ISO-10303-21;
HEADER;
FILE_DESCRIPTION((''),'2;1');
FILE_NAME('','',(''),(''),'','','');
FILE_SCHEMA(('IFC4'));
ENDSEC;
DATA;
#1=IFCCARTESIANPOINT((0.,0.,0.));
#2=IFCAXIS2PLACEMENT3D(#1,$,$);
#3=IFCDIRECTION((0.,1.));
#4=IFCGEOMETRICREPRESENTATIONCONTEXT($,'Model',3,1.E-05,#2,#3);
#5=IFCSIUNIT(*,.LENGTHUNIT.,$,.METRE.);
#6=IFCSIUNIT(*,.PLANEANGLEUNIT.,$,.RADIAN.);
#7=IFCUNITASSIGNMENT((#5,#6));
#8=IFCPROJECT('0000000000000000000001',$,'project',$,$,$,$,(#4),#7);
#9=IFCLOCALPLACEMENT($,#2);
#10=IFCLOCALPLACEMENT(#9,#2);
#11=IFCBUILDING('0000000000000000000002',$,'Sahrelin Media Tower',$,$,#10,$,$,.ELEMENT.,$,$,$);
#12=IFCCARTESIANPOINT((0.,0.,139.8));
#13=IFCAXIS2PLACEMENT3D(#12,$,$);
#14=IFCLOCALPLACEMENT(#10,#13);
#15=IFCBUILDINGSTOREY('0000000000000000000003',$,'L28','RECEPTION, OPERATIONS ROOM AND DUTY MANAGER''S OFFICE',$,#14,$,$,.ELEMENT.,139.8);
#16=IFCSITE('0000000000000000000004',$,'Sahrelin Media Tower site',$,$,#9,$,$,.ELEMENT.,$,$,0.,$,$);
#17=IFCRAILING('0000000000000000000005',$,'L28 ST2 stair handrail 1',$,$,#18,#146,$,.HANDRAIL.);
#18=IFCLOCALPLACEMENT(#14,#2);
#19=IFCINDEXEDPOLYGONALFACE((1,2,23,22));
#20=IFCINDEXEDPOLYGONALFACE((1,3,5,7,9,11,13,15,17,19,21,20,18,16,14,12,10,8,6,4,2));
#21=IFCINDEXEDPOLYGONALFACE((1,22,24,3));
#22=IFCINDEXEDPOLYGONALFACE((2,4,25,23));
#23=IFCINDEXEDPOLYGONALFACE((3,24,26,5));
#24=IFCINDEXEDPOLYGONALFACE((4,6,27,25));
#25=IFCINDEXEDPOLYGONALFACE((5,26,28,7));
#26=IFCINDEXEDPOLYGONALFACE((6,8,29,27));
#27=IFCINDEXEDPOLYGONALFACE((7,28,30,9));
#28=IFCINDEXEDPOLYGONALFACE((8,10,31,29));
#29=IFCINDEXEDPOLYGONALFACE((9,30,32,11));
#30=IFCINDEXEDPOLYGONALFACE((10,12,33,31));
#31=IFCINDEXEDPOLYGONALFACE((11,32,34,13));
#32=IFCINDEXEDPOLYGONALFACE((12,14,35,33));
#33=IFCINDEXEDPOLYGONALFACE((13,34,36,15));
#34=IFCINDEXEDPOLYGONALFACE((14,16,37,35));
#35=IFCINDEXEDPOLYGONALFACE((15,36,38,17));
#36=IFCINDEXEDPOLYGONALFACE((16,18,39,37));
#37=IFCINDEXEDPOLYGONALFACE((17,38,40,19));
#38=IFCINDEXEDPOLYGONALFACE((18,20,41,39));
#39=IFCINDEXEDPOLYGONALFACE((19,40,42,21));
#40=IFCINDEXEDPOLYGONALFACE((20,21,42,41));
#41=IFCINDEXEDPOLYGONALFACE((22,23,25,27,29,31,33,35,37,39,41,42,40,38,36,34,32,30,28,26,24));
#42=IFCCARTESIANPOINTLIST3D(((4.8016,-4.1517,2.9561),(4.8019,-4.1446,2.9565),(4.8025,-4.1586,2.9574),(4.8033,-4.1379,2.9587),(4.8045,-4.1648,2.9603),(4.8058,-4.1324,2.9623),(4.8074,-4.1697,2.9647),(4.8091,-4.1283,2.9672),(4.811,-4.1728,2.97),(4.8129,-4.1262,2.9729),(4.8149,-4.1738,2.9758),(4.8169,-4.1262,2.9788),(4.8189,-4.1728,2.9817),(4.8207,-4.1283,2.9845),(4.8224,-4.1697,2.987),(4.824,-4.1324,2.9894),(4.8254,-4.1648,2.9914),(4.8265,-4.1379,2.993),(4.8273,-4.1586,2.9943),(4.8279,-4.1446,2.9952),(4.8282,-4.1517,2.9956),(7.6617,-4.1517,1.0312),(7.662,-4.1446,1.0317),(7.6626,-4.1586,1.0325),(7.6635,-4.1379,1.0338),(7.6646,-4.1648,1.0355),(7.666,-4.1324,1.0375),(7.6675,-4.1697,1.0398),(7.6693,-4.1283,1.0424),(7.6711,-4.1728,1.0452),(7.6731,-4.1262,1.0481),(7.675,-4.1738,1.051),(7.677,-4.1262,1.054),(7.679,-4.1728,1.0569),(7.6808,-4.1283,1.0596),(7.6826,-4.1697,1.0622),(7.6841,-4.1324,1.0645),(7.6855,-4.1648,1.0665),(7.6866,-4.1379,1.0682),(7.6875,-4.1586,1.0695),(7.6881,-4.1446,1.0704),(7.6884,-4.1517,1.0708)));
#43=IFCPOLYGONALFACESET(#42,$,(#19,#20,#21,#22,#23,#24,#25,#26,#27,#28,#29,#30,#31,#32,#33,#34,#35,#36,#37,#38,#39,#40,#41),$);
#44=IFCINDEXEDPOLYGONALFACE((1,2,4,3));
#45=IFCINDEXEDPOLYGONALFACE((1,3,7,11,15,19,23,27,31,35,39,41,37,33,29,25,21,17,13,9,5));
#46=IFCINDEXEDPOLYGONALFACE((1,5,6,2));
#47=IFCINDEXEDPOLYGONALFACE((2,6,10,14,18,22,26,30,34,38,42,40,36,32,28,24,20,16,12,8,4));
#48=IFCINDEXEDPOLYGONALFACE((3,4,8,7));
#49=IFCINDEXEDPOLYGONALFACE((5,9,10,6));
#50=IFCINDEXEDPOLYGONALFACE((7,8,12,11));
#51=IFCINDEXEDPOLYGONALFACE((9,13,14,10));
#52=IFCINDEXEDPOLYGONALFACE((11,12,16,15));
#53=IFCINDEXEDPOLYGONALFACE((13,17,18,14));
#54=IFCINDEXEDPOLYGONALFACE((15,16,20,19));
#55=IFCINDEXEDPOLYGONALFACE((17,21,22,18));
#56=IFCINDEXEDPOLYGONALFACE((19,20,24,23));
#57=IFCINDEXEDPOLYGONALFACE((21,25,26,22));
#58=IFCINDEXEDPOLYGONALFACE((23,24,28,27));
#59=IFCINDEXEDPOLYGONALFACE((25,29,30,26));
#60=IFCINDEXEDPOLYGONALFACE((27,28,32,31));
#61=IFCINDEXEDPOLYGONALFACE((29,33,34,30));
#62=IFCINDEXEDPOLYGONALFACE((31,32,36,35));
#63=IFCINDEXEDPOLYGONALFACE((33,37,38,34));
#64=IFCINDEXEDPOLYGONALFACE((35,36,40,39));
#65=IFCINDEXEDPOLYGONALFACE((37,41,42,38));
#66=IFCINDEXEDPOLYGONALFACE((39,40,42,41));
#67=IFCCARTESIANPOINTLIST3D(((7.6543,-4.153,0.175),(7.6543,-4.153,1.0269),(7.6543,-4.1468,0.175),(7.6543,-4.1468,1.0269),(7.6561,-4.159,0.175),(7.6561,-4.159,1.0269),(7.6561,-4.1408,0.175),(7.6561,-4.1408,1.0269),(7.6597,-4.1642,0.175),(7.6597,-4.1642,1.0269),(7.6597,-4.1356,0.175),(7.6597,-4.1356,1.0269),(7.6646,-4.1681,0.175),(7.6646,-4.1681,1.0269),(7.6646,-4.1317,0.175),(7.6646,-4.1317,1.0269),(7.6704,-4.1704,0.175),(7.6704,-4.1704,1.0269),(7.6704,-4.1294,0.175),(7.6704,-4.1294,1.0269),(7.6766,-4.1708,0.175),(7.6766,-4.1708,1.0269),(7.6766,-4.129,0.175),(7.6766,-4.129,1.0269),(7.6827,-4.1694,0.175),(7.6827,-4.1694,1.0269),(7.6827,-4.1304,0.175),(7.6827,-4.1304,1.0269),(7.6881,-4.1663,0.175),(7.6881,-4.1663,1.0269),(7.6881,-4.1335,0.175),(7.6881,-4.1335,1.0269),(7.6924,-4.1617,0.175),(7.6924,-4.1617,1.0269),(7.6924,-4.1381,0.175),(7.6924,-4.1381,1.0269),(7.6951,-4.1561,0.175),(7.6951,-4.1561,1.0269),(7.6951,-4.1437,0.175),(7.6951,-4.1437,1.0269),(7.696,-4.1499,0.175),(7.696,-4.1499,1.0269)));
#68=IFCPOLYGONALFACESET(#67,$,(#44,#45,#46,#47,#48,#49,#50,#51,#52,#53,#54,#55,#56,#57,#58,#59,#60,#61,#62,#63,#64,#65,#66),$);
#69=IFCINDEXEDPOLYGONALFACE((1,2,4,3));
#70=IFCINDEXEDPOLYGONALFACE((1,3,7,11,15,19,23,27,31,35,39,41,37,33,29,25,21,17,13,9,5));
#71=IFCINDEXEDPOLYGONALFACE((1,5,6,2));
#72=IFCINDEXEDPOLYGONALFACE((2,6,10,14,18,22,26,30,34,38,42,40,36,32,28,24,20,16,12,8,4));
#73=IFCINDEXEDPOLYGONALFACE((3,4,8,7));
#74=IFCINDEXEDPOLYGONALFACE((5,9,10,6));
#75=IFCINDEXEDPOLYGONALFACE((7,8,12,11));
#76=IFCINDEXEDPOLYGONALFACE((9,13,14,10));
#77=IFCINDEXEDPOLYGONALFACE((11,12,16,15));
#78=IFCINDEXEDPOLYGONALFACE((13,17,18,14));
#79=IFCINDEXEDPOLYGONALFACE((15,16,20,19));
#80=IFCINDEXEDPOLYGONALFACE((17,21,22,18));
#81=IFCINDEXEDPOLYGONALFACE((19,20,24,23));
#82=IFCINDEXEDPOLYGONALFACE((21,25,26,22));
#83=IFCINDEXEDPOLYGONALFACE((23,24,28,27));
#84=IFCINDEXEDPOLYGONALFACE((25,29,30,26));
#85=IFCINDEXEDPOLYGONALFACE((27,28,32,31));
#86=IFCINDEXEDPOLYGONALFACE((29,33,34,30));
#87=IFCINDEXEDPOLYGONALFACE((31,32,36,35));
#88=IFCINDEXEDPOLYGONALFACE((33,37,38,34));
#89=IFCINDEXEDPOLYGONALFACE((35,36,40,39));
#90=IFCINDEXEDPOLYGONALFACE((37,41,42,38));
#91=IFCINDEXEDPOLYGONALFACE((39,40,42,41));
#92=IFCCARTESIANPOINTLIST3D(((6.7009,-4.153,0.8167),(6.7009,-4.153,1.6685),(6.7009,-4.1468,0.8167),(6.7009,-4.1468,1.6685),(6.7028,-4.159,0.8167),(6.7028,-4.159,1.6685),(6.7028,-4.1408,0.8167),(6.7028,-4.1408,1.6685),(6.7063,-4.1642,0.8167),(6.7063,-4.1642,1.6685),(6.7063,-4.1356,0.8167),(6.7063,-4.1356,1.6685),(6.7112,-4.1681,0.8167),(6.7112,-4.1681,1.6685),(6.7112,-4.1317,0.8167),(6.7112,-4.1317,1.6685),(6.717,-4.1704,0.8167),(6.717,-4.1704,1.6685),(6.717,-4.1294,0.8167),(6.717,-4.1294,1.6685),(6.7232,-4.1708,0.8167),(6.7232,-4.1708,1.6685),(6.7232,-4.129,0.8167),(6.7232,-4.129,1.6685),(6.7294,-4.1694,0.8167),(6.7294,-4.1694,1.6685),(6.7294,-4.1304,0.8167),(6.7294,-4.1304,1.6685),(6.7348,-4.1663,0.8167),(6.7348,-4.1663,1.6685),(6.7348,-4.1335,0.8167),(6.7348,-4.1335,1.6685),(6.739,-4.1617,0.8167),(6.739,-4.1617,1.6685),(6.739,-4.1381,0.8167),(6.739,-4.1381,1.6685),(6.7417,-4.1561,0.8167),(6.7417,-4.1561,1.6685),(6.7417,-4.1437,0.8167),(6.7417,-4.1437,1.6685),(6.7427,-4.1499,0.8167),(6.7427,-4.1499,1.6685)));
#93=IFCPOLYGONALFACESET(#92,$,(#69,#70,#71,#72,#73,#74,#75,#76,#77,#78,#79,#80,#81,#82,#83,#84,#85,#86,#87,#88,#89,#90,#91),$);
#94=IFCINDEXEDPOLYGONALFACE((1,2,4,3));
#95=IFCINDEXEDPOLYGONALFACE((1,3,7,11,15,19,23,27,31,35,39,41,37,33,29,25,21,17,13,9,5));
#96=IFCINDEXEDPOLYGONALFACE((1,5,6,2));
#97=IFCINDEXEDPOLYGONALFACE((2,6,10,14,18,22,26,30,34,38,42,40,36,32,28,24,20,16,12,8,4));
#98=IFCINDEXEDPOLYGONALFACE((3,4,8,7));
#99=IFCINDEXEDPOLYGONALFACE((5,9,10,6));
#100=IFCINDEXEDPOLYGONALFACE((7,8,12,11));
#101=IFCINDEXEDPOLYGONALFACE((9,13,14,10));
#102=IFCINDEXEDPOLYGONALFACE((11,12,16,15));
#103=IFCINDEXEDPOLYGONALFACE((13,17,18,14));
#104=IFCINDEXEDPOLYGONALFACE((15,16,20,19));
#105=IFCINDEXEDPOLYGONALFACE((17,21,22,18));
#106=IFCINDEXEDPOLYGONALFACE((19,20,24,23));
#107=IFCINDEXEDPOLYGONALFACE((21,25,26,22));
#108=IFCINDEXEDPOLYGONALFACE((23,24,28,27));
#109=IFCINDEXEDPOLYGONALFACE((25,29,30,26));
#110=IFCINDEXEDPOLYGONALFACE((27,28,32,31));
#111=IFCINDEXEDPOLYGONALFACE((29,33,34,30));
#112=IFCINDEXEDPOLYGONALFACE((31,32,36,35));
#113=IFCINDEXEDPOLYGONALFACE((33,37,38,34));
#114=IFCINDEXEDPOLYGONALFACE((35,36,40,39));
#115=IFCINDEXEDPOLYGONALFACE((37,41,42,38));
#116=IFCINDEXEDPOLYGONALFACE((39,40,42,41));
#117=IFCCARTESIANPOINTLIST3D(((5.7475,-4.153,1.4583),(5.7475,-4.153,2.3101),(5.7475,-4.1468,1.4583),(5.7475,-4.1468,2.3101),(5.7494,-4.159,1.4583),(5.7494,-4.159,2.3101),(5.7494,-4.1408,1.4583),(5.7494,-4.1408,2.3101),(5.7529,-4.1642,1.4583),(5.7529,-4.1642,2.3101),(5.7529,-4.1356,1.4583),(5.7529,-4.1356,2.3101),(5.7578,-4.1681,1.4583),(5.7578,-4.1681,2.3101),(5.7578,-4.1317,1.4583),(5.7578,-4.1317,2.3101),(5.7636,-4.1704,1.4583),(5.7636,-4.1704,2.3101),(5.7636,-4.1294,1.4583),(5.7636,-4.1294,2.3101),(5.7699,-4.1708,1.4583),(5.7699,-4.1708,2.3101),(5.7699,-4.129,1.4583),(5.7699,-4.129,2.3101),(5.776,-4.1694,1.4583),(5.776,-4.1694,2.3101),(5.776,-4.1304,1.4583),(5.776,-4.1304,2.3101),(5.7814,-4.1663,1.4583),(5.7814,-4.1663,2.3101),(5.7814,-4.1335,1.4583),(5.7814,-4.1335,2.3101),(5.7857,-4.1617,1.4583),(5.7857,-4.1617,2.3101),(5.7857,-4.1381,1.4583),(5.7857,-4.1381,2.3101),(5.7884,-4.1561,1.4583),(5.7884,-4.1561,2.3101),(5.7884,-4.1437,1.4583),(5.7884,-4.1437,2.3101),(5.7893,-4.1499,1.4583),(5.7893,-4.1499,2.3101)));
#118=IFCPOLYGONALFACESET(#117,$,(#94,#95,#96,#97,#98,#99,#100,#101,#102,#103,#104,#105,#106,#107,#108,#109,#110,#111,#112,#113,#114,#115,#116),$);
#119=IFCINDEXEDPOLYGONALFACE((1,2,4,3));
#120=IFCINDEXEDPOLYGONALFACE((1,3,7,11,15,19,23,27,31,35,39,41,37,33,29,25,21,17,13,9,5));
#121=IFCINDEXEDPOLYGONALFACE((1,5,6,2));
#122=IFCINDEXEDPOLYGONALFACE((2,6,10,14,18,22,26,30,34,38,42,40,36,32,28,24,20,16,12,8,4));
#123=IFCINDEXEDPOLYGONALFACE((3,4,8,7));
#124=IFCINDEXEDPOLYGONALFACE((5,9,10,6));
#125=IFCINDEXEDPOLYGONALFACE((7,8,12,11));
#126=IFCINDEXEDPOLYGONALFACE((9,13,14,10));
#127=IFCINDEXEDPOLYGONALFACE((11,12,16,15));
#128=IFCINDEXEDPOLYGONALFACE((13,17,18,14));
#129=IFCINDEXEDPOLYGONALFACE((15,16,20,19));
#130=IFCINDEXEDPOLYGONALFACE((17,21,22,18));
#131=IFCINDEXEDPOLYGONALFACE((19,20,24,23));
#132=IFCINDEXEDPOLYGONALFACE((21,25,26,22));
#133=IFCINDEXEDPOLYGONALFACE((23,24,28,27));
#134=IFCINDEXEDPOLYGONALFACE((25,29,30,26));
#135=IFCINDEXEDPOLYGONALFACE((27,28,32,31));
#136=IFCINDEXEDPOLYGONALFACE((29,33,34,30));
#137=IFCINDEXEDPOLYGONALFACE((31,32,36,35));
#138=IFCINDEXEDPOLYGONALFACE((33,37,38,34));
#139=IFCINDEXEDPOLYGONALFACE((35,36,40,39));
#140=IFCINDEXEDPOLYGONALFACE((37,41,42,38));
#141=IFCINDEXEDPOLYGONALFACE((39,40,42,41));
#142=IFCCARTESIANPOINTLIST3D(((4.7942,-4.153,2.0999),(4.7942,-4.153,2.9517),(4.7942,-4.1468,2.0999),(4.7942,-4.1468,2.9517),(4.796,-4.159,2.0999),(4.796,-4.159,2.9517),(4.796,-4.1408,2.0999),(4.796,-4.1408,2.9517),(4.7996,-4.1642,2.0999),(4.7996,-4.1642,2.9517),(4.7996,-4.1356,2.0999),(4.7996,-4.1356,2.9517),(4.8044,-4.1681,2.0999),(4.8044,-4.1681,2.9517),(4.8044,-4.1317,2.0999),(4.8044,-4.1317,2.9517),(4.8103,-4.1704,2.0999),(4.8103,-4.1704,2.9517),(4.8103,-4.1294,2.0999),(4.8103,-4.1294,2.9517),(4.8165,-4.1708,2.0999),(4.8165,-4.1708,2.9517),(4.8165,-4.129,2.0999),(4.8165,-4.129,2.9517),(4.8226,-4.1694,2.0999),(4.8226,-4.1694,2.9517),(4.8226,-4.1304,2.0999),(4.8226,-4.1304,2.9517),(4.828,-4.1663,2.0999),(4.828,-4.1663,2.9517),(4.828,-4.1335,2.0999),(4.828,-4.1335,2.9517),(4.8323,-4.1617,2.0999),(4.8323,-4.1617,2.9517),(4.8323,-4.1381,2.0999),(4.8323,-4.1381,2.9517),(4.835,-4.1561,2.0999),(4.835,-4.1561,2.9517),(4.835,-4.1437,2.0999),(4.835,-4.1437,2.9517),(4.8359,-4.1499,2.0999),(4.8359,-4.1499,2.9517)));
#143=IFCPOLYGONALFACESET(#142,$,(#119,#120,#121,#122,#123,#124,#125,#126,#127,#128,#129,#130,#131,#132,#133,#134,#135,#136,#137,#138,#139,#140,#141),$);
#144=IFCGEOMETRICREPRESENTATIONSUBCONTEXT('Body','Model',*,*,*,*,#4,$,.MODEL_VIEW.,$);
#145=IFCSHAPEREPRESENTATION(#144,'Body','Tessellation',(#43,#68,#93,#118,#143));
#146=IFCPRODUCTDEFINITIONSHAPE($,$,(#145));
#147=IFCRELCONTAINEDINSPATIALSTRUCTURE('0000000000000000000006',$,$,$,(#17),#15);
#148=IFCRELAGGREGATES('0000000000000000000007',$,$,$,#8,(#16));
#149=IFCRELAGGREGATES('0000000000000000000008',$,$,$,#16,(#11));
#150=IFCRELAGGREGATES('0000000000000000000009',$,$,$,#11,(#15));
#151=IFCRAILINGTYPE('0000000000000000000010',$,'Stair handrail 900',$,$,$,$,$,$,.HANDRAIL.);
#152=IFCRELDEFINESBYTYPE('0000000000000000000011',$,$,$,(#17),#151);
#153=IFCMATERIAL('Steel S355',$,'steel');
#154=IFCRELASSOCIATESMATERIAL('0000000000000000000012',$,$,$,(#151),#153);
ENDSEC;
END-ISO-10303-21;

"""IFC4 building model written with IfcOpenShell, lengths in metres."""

from ifc_helpers import new_model, si_unit, direction, frame, origin, origin_2d, place, context, subcontext, project, spatial, circle, extrude, material, type_object, element, save


model = new_model("IFC4")

# Units and contexts
model_context = context("Model", 3, precision=1e-05, world=origin(), true_north=direction((0.0, 1.0)))
body_context = subcontext(model_context, "Body", "Model", "MODEL_VIEW")
ifc_project = project(units=[si_unit("LENGTHUNIT", "METRE"), si_unit("PLANEANGLEUNIT", "RADIAN")], contexts=[model_context])

# Site, building, storey
site_placement = place(None, origin())
site = spatial("IfcSite", under=ifc_project, at=site_placement, Name="Sahrelin Media Tower site", CompositionType="ELEMENT", RefElevation=0.0)
building_placement = place(site_placement, origin())
building = spatial("IfcBuilding", under=site, at=building_placement, Name="Sahrelin Media Tower", CompositionType="ELEMENT")
storey_placement = place(building_placement, frame((0.0, 0.0, 139.8)))
storey = spatial("IfcBuildingStorey", under=building, at=storey_placement, Name="L28", Description="RECEPTION, OPERATIONS ROOM AND DUTY MANAGER'S OFFICE", CompositionType="ELEMENT", Elevation=139.8)

# Shared definitions
ifc_material_1 = material(Name="Steel S355", Category="steel")

# Railing
railing_type_1 = type_object("IfcRailingType", Name="Stair handrail 900", PredefinedType="HANDRAIL", material=ifc_material_1)
railing_1_placement = place(storey_placement, frame((7.675, -4.1499, 0.175)))
element("IfcRailing", 1, at=railing_1_placement, inside=storey, type_object=railing_type_1, Name="L28 ST2 stair handrail 1", PredefinedType="HANDRAIL", context=body_context, shape_type="SweptSolid", body=[
    extrude(circle(Radius=0.0239, at=origin_2d()), frame((0.0, 0.0, 0.876), z_axis=(-0.829624, 0.0, 0.558323), x_axis=(0.0, -1.0, 0.0)), (0.0, 0.0, 1.0), 3.4475),
    extrude(circle(Radius=0.021, at=origin_2d()), origin(), (0.0, 0.0, 1.0), 0.8518),
    extrude(circle(Radius=0.021, at=origin_2d()), frame((-0.9534, 0.0, 0.6416)), (0.0, 0.0, 1.0), 0.8518),
    extrude(circle(Radius=0.021, at=origin_2d()), frame((-1.9067, 0.0, 1.2832)), (0.0, 0.0, 1.0), 0.8518),
    extrude(circle(Radius=0.021, at=origin_2d()), frame((-2.8601, 0.0, 1.9248)), (0.0, 0.0, 1.0), 0.8518),
])

save(model, "model.ifc")
